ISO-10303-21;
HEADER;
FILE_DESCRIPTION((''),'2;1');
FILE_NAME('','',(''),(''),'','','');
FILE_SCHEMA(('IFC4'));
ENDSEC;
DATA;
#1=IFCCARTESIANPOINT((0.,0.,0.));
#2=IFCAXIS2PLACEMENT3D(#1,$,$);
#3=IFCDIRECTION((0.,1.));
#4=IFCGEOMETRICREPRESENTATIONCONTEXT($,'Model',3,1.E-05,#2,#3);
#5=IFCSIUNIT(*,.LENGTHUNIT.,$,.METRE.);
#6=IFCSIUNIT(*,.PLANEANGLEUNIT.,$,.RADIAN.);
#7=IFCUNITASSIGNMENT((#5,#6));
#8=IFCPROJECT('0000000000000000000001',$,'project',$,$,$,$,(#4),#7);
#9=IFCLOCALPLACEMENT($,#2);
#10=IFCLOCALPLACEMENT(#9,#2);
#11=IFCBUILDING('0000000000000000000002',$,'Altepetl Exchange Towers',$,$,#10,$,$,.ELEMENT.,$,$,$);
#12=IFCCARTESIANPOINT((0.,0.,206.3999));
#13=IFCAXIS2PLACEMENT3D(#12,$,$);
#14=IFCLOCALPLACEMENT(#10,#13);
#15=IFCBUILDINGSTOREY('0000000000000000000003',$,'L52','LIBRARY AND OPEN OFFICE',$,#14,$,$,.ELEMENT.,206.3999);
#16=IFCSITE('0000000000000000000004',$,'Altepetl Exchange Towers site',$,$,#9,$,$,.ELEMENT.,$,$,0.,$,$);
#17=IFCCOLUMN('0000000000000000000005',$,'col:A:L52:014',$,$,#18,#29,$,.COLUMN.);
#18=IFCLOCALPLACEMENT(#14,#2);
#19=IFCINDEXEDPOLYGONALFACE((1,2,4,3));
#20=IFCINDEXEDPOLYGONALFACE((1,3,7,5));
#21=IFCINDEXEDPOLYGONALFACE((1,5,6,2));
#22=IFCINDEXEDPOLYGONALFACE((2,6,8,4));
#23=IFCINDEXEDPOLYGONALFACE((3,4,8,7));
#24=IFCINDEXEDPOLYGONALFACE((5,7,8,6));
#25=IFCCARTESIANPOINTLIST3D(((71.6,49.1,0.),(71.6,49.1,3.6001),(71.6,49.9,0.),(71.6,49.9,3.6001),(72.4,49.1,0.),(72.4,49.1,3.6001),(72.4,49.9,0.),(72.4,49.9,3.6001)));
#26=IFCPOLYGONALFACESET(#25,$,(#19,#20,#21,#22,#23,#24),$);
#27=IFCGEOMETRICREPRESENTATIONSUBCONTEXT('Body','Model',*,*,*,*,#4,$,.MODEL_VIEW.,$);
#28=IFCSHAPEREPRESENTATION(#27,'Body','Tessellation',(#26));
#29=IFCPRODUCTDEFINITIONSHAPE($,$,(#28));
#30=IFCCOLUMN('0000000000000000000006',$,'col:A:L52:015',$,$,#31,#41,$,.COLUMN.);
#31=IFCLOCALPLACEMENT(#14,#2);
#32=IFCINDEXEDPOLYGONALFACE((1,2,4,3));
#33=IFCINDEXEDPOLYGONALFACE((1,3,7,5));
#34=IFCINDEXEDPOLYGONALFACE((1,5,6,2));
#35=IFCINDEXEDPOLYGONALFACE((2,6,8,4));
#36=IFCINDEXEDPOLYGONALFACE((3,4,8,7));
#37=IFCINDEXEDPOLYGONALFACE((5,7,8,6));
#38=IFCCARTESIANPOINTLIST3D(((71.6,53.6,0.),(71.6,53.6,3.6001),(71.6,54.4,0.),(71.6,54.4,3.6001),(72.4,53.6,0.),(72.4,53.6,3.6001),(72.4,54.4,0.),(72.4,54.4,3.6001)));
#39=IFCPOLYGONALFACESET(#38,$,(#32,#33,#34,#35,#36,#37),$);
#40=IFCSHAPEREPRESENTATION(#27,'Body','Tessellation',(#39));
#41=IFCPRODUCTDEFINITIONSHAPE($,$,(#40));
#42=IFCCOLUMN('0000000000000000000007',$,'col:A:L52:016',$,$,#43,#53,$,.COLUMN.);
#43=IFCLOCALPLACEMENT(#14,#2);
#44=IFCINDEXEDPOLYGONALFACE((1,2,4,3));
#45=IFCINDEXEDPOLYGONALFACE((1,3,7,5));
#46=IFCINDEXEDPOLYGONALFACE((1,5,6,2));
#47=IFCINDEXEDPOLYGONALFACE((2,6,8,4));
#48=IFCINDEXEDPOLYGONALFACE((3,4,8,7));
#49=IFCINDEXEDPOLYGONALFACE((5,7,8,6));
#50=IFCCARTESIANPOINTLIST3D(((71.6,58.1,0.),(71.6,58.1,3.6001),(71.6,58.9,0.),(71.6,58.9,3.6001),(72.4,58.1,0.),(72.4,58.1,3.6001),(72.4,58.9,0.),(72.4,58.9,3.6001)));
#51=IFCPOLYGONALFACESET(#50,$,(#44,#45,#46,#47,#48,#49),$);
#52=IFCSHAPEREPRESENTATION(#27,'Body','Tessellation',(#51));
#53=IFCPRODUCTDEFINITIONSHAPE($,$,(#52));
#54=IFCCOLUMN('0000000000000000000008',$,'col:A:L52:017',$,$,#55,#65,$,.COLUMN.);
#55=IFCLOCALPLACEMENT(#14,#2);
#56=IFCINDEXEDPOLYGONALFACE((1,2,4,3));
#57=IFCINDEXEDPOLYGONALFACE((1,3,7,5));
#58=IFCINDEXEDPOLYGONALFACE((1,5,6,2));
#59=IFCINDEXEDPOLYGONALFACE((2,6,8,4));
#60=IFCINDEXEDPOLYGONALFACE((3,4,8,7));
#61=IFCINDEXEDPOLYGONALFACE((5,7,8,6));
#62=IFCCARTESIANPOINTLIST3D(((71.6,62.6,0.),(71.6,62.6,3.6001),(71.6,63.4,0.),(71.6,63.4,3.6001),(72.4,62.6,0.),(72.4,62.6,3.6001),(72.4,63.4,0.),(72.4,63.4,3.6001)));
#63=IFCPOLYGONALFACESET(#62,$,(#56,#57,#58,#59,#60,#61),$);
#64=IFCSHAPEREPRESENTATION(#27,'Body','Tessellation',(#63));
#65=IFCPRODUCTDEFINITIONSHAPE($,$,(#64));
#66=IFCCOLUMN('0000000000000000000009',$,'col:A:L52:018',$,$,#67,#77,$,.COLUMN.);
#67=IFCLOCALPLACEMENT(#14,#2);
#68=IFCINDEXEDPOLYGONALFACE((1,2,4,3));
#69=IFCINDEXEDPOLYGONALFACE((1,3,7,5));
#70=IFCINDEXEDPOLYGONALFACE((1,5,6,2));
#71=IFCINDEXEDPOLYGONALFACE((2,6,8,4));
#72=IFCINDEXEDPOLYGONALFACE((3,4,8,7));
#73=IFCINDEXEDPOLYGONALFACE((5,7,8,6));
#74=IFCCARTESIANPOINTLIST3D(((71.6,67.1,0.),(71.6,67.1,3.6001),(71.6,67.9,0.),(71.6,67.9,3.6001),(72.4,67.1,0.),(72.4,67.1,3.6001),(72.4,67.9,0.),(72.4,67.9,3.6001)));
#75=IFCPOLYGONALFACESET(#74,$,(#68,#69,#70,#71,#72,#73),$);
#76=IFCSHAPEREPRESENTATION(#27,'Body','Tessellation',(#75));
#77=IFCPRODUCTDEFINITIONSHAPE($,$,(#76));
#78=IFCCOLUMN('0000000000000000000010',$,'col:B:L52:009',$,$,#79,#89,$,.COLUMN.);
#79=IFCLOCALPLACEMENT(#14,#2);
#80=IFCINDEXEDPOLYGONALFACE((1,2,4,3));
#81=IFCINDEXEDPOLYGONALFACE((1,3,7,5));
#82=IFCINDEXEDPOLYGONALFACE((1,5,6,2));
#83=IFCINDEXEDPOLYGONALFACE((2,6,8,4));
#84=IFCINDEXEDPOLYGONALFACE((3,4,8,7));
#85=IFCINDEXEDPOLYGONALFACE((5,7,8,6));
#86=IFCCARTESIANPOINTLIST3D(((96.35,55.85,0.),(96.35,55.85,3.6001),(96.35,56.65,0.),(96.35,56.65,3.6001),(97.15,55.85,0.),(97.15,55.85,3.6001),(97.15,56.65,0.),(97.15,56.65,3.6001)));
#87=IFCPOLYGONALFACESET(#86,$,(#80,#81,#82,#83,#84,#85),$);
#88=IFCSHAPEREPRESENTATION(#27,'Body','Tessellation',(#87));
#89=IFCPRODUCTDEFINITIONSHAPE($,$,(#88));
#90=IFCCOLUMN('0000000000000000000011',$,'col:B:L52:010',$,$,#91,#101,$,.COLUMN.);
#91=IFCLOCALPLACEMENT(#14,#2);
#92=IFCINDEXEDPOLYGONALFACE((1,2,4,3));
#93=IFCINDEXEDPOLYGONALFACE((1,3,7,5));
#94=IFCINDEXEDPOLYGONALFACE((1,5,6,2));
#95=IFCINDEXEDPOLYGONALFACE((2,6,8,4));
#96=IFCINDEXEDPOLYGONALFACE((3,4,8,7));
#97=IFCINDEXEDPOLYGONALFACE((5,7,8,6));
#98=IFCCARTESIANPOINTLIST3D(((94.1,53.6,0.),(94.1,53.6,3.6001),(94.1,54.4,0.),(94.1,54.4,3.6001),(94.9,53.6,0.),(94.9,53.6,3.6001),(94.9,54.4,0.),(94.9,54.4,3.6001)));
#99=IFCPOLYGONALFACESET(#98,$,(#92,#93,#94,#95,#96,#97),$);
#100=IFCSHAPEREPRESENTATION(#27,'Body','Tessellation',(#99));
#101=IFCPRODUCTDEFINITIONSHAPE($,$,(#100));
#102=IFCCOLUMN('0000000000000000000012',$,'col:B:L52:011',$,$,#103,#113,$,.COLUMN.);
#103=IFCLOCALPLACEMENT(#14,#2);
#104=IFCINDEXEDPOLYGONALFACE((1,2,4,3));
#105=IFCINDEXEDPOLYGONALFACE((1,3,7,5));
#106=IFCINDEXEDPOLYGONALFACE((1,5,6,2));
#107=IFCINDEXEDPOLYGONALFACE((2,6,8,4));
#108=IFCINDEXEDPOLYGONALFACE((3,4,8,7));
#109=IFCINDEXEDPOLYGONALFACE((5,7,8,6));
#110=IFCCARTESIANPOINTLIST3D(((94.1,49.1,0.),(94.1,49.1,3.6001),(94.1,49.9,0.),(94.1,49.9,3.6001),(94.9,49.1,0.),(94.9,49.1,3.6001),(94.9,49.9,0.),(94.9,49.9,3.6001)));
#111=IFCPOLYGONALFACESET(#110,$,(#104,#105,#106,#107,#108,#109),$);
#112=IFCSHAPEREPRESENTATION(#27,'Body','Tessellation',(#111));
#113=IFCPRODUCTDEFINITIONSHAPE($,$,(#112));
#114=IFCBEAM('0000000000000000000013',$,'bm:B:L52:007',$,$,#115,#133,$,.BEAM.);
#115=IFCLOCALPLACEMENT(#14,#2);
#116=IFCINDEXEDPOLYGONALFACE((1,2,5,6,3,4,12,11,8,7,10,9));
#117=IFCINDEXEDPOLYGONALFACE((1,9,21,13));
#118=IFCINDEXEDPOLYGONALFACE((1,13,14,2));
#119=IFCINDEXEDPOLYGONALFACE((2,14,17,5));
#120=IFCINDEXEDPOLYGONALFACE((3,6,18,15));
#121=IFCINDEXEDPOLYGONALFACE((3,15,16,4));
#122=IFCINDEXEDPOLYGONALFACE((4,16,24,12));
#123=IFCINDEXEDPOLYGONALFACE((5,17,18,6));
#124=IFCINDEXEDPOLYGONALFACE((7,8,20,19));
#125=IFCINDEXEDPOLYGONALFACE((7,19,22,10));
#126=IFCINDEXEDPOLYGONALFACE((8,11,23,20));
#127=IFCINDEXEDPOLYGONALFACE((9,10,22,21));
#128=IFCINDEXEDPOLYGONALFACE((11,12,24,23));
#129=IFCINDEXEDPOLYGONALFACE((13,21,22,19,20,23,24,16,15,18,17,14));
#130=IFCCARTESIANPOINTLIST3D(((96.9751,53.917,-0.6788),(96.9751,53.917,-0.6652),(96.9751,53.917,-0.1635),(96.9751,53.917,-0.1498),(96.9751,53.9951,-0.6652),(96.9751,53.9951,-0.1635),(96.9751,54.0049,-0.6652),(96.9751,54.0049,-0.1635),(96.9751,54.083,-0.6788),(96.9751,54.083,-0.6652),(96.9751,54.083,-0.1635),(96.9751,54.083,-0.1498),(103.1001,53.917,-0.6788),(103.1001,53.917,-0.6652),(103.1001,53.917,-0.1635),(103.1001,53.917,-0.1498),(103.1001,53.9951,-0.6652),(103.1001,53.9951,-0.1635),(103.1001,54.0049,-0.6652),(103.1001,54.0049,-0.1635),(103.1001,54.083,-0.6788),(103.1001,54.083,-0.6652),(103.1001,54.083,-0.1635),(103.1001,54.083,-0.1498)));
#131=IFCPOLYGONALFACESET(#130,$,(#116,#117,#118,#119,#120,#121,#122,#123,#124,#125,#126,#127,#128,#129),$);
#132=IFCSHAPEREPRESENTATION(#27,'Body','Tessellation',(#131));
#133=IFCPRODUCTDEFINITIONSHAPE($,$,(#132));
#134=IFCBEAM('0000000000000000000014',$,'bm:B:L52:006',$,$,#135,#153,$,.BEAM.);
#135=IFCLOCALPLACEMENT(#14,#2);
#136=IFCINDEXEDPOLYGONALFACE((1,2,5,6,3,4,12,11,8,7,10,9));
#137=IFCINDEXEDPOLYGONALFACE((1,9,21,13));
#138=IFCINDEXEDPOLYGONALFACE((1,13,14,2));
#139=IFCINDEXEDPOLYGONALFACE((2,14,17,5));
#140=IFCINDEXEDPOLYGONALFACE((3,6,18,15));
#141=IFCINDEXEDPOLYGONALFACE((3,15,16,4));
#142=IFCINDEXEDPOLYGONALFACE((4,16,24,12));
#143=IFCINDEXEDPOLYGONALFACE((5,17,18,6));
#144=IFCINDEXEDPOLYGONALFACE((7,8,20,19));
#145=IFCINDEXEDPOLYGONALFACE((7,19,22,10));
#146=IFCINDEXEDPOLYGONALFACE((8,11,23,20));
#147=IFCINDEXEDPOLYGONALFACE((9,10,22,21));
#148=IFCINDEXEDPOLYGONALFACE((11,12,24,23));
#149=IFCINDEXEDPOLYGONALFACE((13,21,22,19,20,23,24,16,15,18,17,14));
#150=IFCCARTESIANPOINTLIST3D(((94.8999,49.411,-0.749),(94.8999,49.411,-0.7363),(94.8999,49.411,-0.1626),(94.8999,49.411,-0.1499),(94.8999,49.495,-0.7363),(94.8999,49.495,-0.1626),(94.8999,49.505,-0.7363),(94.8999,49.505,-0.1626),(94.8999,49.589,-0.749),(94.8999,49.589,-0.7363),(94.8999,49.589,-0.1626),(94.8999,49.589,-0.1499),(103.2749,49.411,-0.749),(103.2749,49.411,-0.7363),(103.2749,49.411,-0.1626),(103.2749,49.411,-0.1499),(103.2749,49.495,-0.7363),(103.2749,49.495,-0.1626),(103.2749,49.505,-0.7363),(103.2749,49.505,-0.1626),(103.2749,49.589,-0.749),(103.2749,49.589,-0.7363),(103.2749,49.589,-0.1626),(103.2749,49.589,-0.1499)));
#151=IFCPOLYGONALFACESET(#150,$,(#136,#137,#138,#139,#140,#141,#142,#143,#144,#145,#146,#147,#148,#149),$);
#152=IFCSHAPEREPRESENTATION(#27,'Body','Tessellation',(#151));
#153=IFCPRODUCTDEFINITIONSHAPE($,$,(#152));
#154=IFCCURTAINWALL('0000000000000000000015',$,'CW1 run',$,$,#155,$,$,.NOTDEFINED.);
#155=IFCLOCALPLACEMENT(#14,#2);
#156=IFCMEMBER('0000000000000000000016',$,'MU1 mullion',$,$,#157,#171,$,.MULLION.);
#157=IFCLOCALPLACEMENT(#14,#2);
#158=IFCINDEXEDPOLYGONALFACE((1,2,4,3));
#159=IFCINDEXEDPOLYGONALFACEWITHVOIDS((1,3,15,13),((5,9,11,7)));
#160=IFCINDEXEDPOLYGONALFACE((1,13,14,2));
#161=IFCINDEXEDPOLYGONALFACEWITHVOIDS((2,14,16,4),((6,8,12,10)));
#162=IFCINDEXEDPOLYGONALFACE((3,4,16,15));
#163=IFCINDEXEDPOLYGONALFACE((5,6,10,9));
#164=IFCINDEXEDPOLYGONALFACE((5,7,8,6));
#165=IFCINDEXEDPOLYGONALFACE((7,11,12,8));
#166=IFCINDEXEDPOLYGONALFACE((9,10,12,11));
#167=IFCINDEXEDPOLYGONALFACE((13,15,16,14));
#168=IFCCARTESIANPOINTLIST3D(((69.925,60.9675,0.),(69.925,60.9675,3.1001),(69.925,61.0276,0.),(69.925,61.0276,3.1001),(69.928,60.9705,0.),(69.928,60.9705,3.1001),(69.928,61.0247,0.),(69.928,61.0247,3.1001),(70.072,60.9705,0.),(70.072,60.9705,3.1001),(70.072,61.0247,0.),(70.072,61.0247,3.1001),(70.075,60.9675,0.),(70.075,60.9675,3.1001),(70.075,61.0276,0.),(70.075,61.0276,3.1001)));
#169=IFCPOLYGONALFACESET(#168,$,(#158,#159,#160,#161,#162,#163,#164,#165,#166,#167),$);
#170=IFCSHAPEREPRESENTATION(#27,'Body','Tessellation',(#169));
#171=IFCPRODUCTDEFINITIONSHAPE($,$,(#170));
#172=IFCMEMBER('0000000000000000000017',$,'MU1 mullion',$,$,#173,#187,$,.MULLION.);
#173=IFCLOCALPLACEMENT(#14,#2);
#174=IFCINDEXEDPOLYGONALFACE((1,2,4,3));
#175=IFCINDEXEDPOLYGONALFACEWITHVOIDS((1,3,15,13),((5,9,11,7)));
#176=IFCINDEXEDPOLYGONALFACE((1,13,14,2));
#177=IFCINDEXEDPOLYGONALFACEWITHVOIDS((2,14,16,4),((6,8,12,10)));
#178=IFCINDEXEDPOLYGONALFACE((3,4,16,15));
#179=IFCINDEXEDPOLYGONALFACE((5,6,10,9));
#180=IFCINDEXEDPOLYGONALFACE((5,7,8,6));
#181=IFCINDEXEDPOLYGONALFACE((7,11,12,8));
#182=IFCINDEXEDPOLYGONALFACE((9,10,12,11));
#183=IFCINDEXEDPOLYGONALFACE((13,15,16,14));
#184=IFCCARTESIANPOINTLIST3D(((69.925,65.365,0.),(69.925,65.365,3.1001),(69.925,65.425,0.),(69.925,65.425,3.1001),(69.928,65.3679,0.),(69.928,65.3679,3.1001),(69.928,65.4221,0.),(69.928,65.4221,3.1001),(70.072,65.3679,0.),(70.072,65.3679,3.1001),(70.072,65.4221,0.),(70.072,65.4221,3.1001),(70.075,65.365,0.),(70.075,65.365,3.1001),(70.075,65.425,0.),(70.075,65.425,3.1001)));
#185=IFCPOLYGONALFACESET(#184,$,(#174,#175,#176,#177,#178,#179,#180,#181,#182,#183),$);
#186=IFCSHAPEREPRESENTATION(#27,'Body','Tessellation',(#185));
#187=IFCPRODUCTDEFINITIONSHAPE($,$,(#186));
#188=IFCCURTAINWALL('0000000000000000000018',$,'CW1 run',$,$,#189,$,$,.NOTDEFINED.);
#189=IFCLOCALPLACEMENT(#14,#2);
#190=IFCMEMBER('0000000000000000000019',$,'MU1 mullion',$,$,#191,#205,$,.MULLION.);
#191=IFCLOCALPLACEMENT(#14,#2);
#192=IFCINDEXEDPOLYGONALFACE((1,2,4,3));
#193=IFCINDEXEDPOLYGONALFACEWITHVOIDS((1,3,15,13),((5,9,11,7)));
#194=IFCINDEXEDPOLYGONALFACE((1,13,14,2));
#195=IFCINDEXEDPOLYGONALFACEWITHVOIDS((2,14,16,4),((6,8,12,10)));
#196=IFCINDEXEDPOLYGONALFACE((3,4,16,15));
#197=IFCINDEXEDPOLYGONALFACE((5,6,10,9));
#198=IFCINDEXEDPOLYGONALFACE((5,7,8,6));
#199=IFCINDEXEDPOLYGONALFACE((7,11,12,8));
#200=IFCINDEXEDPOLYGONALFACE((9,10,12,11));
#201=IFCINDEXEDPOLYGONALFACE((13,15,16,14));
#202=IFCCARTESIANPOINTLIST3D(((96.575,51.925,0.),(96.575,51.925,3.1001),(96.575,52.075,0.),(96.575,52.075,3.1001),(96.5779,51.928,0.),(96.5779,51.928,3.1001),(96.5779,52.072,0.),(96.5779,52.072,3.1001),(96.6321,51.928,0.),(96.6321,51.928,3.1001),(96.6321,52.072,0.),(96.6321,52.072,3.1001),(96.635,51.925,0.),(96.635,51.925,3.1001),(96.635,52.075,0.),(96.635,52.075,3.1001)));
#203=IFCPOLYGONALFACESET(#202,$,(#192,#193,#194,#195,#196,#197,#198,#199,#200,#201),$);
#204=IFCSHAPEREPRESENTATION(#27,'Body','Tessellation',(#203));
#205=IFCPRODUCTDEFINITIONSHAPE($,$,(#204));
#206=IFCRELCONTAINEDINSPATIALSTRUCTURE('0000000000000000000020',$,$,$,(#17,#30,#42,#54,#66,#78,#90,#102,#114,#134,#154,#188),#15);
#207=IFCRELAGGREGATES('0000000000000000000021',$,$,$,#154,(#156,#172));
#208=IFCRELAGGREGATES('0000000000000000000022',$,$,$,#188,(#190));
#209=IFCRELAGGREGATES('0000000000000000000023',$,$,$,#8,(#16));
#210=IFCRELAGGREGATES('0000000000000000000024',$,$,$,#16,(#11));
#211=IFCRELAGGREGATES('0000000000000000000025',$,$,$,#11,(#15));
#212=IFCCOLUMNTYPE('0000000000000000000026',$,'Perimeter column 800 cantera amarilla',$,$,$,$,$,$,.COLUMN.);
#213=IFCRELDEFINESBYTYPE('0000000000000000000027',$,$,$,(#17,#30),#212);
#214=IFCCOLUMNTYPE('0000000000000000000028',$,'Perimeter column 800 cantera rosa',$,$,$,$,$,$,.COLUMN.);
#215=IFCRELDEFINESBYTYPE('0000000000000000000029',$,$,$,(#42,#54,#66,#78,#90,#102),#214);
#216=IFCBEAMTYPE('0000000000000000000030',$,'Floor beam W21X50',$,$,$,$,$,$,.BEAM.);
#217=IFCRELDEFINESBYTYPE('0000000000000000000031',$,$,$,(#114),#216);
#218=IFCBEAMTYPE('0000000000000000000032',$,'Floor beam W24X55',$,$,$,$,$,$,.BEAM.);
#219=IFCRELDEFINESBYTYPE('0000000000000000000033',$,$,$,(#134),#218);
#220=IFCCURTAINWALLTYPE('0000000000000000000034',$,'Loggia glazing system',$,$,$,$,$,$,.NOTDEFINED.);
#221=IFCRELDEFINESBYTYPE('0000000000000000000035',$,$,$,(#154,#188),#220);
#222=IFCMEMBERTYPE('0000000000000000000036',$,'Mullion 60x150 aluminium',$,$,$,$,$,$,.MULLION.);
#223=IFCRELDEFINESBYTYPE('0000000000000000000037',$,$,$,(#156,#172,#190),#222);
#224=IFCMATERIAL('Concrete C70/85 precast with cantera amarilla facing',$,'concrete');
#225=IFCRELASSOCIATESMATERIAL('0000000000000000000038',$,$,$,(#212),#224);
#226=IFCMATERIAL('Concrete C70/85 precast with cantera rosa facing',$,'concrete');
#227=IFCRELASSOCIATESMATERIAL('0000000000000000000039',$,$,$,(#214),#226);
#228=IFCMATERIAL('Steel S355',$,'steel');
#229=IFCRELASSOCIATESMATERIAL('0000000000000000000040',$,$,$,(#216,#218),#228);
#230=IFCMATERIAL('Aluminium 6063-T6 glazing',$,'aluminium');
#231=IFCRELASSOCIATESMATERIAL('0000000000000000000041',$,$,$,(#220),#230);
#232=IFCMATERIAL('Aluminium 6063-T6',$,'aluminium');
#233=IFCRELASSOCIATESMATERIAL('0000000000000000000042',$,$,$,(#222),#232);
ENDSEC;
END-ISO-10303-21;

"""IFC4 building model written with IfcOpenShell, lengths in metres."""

from ifc_helpers import new_model, si_unit, direction, frame, origin, origin_2d, place, context, subcontext, project, spatial, rectangle, hollow_rectangle, i_section, extrude, material, material_profile, profile_set, type_object, element, aggregate, save


model = new_model("IFC4")

# Units and contexts
model_context = context("Model", 3, precision=1e-05, world=origin(), true_north=direction((0.0, 1.0)))
body_context = subcontext(model_context, "Body", "Model", "MODEL_VIEW")
ifc_project = project(units=[si_unit("LENGTHUNIT", "METRE"), si_unit("PLANEANGLEUNIT", "RADIAN")], contexts=[model_context])

# Site, building, storey
site_placement = place(None, origin())
site = spatial("IfcSite", under=ifc_project, at=site_placement, Name="Altepetl Exchange Towers site", CompositionType="ELEMENT", RefElevation=0.0)
building_placement = place(site_placement, origin())
building = spatial("IfcBuilding", under=site, at=building_placement, Name="Altepetl Exchange Towers", CompositionType="ELEMENT")
storey_placement = place(building_placement, frame((0.0, 0.0, 206.3999)))
storey = spatial("IfcBuildingStorey", under=building, at=storey_placement, Name="L52", Description="LIBRARY AND OPEN OFFICE", CompositionType="ELEMENT", Elevation=206.3999)

# Columns
ifc_material_1 = material(Name="Concrete C70/85 precast with cantera amarilla facing", Category="concrete")
ifc_material_profile_1 = material_profile(ifc_material_1, rectangle(XDim=0.8, YDim=0.8, at=origin_2d()), Name="800 x 800")
ifc_profile_set_1 = profile_set([ifc_material_profile_1], Name="Concrete C70/85 precast with cantera amarilla facing")
column_type_1 = type_object("IfcColumnType", Name="Perimeter column 800 cantera amarilla", PredefinedType="COLUMN", material=ifc_profile_set_1)
for number, where, name in (
    (1, (72.0, 49.5, 0.0), "col:A:L52:014"),
    (2, (72.0, 54.0, 0.0), "col:A:L52:015"),
):
    element("IfcColumn", number, at=place(storey_placement, frame(where)), inside=storey, type_object=column_type_1, Name=name, PredefinedType="COLUMN", context=body_context, shape_type="SweptSolid", body=[
        extrude(rectangle(XDim=0.8, YDim=0.8, at=origin_2d()), origin(), (0.0, 0.0, 1.0), 3.6001),
    ])
ifc_material_2 = material(Name="Concrete C70/85 precast with cantera rosa facing", Category="concrete")
ifc_material_profile_2 = material_profile(ifc_material_2, rectangle(XDim=0.8, YDim=0.8, at=origin_2d()), Name="800 x 800")
ifc_profile_set_2 = profile_set([ifc_material_profile_2], Name="Concrete C70/85 precast with cantera rosa facing")
column_type_2 = type_object("IfcColumnType", Name="Perimeter column 800 cantera rosa", PredefinedType="COLUMN", material=ifc_profile_set_2)
for number, where, name in (
    (3, (72.0, 58.5, 0.0), "col:A:L52:016"),
    (4, (72.0, 63.0, 0.0), "col:A:L52:017"),
    (5, (72.0, 67.5, 0.0), "col:A:L52:018"),
    (6, (96.75, 56.25, 0.0), "col:B:L52:009"),
    (7, (94.5, 54.0, 0.0), "col:B:L52:010"),
    (8, (94.5, 49.5, 0.0), "col:B:L52:011"),
):
    element("IfcColumn", number, at=place(storey_placement, frame(where)), inside=storey, type_object=column_type_2, Name=name, PredefinedType="COLUMN", context=body_context, shape_type="SweptSolid", body=[
        extrude(rectangle(XDim=0.8, YDim=0.8, at=origin_2d()), origin(), (0.0, 0.0, 1.0), 3.6001),
    ])

# Beams
ifc_material_3 = material(Name="Steel S355", Category="steel")
ifc_material_profile_3 = material_profile(ifc_material_3, i_section(OverallWidth=0.166, OverallDepth=0.5291, WebThickness=0.0098, FlangeThickness=0.0137, at=origin_2d()), Name="W21X50")
ifc_profile_set_3 = profile_set([ifc_material_profile_3], Name="Steel S355")
beam_type_1 = type_object("IfcBeamType", Name="Floor beam W21X50", PredefinedType="BEAM", material=ifc_profile_set_3)
beam_1_placement = place(storey_placement, frame((96.9751, 54.0, -0.4143), z_axis=(1.0, 0.0, 0.0), x_axis=(0.0, 1.0, 0.0)))
element("IfcBeam", 9, at=beam_1_placement, inside=storey, type_object=beam_type_1, Name="bm:B:L52:007", PredefinedType="BEAM", context=body_context, shape_type="SweptSolid", body=[
    extrude(i_section(OverallWidth=0.166, OverallDepth=0.5291, WebThickness=0.0098, FlangeThickness=0.0137, at=origin_2d()), origin(), (0.0, 0.0, 1.0), 6.125),
])
ifc_material_profile_4 = material_profile(ifc_material_3, i_section(OverallWidth=0.178, OverallDepth=0.5991, WebThickness=0.01, FlangeThickness=0.0127, at=origin_2d()), Name="W24X55")
ifc_profile_set_4 = profile_set([ifc_material_profile_4], Name="Steel S355")
beam_type_2 = type_object("IfcBeamType", Name="Floor beam W24X55", PredefinedType="BEAM", material=ifc_profile_set_4)
beam_2_placement = place(storey_placement, frame((94.8999, 49.5, -0.4495), z_axis=(1.0, 0.0, 0.0), x_axis=(0.0, 1.0, 0.0)))
element("IfcBeam", 10, at=beam_2_placement, inside=storey, type_object=beam_type_2, Name="bm:B:L52:006", PredefinedType="BEAM", context=body_context, shape_type="SweptSolid", body=[
    extrude(i_section(OverallWidth=0.178, OverallDepth=0.5991, WebThickness=0.01, FlangeThickness=0.0127, at=origin_2d()), origin(), (0.0, 0.0, 1.0), 8.375),
])

# Curtain wall, members
ifc_material_4 = material(Name="Aluminium 6063-T6 glazing", Category="aluminium")
curtain_wall_type = type_object("IfcCurtainWallType", Name="Loggia glazing system", PredefinedType="NOTDEFINED", material=ifc_material_4)
curtain_wall_1_placement = place(storey_placement, origin())
curtain_wall_1 = element("IfcCurtainWall", 11, at=curtain_wall_1_placement, inside=storey, type_object=curtain_wall_type, Name="CW1 run", PredefinedType="NOTDEFINED")
ifc_material_5 = material(Name="Aluminium 6063-T6", Category="aluminium")
ifc_material_profile_5 = material_profile(ifc_material_5, hollow_rectangle(XDim=0.0601, YDim=0.1499, WallThickness=0.0029, at=origin_2d()), Name="Mullion 60x150 aluminium")
ifc_profile_set_5 = profile_set([ifc_material_profile_5], Name="Aluminium 6063-T6")
member_type = type_object("IfcMemberType", Name="Mullion 60x150 aluminium", PredefinedType="MULLION", material=ifc_profile_set_5)
member_1_placement = place(storey_placement, frame((70.0, 60.9976, 0.0), z_axis=(0.0, 0.0, 1.0), x_axis=(0.0, 1.0, 0.0)))
member_1 = element("IfcMember", 12, at=member_1_placement, type_object=member_type, Name="MU1 mullion", PredefinedType="MULLION", context=body_context, shape_type="SweptSolid", body=[
    extrude(hollow_rectangle(XDim=0.0601, YDim=0.1499, WallThickness=0.0029, at=origin_2d()), origin(), (0.0, 0.0, 1.0), 3.1001),
])
member_2_placement = place(storey_placement, frame((70.0, 65.395, 0.0), z_axis=(0.0, 0.0, 1.0), x_axis=(0.0, 1.0, 0.0)))
member_2 = element("IfcMember", 13, at=member_2_placement, type_object=member_type, Name="MU1 mullion", PredefinedType="MULLION", context=body_context, shape_type="SweptSolid", body=[
    extrude(hollow_rectangle(XDim=0.0601, YDim=0.1499, WallThickness=0.0029, at=origin_2d()), origin(), (0.0, 0.0, 1.0), 3.1001),
])

# Curtain wall, member
curtain_wall_2_placement = place(storey_placement, origin())
curtain_wall_2 = element("IfcCurtainWall", 14, at=curtain_wall_2_placement, inside=storey, type_object=curtain_wall_type, Name="CW1 run", PredefinedType="NOTDEFINED")
member_3_placement = place(storey_placement, frame((96.605, 52.0, 0.0), z_axis=(0.0, 0.0, 1.0), x_axis=(-1.0, 0.0, 0.0)))
member_3 = element("IfcMember", 15, at=member_3_placement, type_object=member_type, Name="MU1 mullion", PredefinedType="MULLION", context=body_context, shape_type="SweptSolid", body=[
    extrude(hollow_rectangle(XDim=0.0601, YDim=0.1499, WallThickness=0.0029, at=origin_2d()), origin(), (0.0, 0.0, 1.0), 3.1001),
])

aggregate(curtain_wall_1, [member_1, member_2])
aggregate(curtain_wall_2, [member_3])

save(model, "model.ifc")
